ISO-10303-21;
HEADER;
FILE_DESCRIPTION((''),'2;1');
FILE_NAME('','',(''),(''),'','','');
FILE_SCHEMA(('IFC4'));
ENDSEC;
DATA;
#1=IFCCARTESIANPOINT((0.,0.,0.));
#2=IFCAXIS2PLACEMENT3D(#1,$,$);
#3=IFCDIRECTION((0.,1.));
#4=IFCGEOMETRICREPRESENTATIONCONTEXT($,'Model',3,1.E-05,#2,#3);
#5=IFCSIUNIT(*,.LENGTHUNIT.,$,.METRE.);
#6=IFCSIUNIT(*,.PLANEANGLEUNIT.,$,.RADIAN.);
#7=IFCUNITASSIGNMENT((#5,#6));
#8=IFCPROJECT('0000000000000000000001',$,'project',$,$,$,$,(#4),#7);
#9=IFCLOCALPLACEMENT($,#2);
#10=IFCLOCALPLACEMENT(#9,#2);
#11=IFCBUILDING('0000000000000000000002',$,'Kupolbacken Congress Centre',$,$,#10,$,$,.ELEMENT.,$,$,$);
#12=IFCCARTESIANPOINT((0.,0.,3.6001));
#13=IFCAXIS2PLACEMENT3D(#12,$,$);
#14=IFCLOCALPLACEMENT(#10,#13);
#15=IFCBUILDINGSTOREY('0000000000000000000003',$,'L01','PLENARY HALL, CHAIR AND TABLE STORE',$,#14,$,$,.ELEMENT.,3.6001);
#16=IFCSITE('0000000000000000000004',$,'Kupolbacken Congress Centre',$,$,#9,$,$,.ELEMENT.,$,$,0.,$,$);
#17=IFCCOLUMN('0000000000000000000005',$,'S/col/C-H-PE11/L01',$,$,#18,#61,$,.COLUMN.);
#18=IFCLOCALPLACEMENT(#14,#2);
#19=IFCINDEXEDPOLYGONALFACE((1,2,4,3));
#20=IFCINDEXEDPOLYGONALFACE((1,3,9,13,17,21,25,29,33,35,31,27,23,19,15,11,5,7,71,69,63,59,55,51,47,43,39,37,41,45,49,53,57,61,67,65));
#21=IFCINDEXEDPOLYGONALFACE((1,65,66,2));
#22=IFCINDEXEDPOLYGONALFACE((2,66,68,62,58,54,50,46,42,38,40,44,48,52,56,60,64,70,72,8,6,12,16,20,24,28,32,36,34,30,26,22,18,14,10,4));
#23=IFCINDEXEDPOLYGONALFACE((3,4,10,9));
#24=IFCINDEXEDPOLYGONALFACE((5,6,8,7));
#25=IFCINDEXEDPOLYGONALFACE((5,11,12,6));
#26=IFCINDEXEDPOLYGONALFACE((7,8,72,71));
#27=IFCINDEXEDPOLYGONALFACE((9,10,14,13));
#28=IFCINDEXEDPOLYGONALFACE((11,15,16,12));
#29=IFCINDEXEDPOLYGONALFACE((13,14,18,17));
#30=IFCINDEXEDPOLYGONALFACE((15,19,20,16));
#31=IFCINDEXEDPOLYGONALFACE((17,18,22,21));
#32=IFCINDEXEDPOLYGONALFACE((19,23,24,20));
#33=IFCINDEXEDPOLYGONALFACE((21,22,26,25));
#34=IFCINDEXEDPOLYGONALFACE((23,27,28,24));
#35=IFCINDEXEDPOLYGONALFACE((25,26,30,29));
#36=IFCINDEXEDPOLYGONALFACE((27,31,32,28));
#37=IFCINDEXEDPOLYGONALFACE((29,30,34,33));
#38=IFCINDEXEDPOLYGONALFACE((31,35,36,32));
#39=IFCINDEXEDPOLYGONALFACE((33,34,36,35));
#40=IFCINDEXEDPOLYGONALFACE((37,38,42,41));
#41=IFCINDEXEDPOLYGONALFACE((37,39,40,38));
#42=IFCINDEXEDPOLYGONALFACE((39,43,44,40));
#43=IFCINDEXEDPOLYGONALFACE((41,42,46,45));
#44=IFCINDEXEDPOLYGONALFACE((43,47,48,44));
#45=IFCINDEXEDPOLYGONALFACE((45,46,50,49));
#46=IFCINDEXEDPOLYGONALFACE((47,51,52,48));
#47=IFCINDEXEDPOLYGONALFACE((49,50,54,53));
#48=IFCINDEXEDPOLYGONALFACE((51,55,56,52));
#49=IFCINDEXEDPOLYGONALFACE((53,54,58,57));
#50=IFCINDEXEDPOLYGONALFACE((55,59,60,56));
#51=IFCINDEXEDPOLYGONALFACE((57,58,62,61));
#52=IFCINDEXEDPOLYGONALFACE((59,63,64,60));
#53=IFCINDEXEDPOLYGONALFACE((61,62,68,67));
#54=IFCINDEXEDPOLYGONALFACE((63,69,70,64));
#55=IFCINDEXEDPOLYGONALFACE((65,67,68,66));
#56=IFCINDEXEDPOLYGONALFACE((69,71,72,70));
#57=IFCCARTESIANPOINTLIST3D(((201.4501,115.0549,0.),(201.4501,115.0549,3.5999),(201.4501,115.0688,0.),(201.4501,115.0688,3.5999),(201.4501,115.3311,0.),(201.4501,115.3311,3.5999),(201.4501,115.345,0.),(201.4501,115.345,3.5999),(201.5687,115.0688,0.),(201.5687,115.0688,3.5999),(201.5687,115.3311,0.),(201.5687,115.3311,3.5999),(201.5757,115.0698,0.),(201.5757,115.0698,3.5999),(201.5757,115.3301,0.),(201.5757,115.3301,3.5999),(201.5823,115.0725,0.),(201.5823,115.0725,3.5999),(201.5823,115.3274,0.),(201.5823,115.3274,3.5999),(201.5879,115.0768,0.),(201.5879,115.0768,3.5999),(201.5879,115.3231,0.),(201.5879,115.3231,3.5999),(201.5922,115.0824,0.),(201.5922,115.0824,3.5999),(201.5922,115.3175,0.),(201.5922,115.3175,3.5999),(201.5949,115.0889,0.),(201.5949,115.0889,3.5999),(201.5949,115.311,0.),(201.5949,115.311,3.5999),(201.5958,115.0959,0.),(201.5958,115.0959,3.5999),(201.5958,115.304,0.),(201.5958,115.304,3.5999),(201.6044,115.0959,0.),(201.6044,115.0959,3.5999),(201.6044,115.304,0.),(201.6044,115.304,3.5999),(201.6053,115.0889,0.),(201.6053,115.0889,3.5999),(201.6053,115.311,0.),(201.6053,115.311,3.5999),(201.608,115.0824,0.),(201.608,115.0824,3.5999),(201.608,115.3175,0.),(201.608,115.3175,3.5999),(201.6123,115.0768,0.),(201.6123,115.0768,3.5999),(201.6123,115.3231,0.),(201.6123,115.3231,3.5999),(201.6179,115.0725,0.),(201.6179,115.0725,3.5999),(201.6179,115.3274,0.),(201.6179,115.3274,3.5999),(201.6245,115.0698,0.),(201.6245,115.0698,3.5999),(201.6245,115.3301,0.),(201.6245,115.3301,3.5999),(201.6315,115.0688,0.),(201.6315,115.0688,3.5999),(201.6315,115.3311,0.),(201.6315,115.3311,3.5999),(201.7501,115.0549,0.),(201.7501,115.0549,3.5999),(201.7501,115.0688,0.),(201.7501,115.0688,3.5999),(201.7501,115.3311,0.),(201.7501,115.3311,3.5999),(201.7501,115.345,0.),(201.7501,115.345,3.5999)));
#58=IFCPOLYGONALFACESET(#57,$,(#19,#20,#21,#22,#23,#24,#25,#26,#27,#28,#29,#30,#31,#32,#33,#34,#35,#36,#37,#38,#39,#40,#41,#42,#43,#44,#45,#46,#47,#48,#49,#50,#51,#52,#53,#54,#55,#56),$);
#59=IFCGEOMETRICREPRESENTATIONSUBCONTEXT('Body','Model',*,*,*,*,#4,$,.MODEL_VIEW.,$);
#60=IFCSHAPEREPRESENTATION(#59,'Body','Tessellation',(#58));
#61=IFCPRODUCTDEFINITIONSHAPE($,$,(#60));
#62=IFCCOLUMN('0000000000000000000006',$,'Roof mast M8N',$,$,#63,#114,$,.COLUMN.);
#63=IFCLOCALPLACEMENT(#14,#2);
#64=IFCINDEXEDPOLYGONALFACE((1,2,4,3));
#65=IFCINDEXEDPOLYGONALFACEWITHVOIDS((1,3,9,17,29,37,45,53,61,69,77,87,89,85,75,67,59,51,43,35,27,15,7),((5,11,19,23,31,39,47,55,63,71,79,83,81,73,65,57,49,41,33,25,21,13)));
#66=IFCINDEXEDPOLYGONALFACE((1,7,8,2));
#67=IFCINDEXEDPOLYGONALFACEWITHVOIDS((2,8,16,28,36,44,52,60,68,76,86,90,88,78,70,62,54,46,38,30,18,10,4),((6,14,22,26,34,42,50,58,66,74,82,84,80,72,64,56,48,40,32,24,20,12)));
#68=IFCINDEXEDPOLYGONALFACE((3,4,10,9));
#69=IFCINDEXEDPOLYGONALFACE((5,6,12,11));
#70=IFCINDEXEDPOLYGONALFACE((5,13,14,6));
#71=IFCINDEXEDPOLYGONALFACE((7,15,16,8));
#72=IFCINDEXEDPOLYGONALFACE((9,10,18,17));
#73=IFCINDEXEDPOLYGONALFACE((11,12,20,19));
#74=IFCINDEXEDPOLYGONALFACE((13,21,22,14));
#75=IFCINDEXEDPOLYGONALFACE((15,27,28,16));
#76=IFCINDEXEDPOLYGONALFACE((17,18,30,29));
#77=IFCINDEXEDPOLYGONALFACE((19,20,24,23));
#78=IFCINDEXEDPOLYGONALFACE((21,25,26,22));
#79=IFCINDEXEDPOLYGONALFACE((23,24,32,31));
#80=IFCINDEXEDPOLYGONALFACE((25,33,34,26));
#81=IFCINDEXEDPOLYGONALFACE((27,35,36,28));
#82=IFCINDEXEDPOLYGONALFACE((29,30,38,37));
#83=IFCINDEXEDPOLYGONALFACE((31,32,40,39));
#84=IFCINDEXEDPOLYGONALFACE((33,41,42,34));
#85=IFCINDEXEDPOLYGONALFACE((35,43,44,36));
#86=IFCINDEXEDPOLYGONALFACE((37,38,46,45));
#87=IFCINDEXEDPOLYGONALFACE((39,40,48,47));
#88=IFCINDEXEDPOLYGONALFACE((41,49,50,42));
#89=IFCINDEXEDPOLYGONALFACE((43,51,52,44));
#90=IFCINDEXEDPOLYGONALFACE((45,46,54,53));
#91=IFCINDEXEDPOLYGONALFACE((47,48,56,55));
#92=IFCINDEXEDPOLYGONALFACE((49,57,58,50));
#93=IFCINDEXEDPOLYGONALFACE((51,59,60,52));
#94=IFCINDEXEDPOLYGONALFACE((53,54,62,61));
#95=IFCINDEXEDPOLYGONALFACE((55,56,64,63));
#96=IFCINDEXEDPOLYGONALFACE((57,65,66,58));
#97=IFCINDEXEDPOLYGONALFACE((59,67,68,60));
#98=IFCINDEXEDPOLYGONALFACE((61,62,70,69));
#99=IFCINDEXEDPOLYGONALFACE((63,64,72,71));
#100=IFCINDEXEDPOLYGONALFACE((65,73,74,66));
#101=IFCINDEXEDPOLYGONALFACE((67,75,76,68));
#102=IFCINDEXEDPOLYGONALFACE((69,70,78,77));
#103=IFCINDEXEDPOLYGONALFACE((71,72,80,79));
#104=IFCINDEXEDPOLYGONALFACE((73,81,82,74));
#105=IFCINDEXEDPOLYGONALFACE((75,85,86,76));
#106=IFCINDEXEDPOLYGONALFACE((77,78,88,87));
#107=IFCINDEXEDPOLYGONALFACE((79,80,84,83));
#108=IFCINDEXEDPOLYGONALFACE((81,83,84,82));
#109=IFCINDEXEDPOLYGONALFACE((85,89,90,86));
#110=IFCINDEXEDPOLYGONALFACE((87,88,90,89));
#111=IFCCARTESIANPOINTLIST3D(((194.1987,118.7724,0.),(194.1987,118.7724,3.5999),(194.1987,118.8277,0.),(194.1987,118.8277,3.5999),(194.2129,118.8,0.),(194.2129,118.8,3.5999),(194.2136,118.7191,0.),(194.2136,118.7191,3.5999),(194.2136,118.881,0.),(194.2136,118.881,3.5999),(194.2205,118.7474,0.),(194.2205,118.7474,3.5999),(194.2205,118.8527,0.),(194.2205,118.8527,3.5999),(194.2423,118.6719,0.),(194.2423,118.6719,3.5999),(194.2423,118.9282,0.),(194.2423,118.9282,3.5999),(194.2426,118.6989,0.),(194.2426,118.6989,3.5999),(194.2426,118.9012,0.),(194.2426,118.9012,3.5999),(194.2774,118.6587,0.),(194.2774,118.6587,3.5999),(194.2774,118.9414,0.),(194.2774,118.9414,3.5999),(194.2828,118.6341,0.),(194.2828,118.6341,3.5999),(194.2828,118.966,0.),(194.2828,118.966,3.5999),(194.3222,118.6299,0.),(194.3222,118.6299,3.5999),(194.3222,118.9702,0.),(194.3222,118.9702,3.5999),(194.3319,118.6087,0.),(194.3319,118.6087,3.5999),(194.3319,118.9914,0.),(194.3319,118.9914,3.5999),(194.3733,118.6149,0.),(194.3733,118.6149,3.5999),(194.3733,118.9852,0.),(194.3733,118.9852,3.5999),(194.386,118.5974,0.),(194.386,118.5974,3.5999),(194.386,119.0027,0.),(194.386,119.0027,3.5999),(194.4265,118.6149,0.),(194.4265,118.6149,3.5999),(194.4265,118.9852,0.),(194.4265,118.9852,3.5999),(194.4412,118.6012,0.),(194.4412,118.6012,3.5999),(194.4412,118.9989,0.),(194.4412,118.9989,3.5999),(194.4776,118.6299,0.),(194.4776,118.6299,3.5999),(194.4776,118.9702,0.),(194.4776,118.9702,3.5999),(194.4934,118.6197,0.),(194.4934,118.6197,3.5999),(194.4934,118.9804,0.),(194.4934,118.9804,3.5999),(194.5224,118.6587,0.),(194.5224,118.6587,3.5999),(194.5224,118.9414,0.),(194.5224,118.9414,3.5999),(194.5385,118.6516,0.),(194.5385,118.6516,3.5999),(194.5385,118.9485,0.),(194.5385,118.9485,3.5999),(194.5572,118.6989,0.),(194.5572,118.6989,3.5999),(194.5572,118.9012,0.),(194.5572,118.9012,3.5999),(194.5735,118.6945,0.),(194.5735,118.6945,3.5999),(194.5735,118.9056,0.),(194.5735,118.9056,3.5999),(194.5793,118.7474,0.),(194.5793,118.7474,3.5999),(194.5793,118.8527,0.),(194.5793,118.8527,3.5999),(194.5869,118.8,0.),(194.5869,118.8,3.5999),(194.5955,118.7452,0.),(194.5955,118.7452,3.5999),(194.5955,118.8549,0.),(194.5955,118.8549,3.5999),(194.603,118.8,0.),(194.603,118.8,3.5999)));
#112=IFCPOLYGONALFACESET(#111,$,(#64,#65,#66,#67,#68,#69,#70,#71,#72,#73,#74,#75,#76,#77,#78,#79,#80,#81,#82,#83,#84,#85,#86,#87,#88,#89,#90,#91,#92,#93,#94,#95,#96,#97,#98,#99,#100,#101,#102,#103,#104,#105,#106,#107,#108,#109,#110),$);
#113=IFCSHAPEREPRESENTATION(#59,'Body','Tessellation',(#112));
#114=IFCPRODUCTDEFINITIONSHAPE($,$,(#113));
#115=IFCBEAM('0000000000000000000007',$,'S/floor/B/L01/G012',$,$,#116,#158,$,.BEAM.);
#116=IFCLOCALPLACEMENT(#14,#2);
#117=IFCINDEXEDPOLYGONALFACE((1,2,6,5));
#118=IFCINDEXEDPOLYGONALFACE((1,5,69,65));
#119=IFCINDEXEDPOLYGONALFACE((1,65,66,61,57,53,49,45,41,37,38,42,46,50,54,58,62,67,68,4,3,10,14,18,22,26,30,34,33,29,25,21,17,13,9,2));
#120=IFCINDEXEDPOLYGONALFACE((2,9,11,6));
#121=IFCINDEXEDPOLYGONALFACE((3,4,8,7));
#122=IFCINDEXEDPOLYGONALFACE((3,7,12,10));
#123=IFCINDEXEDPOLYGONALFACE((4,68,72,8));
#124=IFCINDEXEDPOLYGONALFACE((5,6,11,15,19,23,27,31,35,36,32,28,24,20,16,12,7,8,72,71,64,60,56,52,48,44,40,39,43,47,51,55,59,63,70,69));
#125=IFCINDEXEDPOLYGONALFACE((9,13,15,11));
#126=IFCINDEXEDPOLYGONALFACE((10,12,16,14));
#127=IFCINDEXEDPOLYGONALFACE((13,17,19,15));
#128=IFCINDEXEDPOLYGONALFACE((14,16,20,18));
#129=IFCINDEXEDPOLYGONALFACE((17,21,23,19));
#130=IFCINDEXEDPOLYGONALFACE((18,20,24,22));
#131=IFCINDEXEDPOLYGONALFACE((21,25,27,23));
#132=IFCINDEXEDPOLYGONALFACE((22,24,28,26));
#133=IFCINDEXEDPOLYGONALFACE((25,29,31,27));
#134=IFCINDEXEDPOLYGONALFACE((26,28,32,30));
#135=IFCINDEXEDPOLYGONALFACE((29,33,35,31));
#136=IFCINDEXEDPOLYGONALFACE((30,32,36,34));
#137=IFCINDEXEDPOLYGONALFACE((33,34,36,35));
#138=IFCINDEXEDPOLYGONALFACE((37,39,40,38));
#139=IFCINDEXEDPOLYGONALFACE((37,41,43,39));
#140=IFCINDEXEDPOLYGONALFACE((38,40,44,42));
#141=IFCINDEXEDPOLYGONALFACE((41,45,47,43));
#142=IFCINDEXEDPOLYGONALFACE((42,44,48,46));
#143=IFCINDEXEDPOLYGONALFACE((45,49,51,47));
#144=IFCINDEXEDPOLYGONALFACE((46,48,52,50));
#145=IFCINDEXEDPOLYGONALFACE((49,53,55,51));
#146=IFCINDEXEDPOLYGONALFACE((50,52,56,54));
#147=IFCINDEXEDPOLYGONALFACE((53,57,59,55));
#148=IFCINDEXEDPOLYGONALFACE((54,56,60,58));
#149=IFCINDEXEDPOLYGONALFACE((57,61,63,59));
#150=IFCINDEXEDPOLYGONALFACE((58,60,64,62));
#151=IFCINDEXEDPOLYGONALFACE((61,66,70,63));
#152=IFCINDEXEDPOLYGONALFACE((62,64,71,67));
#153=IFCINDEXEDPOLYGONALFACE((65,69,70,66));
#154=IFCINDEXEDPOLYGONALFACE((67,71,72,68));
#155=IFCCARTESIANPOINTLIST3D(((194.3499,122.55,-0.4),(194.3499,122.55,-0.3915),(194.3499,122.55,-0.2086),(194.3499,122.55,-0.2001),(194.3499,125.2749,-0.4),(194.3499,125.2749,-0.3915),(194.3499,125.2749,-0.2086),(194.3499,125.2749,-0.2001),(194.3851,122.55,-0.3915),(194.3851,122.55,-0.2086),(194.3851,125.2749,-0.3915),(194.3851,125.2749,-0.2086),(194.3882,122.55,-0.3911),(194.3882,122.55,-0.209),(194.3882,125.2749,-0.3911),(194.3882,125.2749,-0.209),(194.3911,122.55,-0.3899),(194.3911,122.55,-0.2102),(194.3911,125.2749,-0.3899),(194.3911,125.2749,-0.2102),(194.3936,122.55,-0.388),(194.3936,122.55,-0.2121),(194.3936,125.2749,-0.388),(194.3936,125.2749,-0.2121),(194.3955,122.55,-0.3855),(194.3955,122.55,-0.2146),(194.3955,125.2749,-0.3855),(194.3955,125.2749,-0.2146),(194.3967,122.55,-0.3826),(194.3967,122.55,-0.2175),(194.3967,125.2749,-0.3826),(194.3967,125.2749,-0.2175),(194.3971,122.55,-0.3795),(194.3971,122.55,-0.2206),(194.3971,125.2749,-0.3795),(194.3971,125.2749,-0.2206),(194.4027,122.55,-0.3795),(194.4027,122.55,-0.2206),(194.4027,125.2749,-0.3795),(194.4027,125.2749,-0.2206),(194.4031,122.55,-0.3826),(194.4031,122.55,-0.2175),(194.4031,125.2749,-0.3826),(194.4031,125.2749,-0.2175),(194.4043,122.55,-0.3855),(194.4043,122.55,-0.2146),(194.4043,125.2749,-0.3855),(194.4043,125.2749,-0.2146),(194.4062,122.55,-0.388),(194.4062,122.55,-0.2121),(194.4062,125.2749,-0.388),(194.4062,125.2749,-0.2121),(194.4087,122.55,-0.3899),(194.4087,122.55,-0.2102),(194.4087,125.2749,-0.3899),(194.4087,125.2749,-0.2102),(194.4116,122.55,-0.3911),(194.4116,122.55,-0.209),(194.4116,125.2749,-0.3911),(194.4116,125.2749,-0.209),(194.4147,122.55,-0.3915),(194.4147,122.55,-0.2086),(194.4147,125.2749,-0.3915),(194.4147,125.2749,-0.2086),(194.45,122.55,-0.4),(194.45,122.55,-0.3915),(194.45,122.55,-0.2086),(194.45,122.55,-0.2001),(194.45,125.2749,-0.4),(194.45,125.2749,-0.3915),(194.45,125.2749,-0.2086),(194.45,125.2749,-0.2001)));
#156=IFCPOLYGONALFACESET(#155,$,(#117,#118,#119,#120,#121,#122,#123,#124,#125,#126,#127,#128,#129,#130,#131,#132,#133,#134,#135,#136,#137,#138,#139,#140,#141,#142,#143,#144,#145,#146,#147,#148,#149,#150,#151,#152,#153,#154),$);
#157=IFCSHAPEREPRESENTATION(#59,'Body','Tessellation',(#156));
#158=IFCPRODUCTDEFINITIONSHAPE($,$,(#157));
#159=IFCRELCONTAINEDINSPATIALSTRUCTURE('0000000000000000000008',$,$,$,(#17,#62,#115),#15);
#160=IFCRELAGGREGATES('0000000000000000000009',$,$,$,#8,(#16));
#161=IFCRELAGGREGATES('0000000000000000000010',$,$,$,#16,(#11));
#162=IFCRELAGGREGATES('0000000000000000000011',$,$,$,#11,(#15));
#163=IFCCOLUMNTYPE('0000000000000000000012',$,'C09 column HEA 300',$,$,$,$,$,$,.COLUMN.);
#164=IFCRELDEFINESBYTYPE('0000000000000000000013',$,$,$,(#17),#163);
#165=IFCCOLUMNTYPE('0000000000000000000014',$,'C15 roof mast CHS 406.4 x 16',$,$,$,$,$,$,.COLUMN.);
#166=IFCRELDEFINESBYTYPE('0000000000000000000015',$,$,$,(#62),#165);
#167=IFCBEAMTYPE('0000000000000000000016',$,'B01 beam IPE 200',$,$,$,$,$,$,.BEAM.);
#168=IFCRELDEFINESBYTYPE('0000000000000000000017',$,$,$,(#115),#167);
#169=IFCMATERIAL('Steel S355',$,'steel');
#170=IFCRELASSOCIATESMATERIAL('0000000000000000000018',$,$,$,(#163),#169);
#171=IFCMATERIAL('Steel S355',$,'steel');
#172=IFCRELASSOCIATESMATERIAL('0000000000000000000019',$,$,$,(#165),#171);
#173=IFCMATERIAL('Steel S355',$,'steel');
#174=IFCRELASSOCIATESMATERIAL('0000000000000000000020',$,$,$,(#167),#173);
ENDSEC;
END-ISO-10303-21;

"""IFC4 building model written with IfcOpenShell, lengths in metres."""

from ifc_helpers import new_model, si_unit, direction, frame, origin, origin_2d, place, context, subcontext, project, spatial, hollow_circle, i_section, extrude, material, material_profile, profile_set, type_object, element, save


model = new_model("IFC4")

# Units and contexts
model_context = context("Model", 3, precision=1e-05, world=origin(), true_north=direction((0.0, 1.0)))
body_context = subcontext(model_context, "Body", "Model", "MODEL_VIEW")
ifc_project = project(units=[si_unit("LENGTHUNIT", "METRE"), si_unit("PLANEANGLEUNIT", "RADIAN")], contexts=[model_context])

# Site, building, storey
site_placement = place(None, origin())
site = spatial("IfcSite", under=ifc_project, at=site_placement, Name="Kupolbacken Congress Centre", CompositionType="ELEMENT", RefElevation=0.0)
building_placement = place(site_placement, origin())
building = spatial("IfcBuilding", under=site, at=building_placement, Name="Kupolbacken Congress Centre", CompositionType="ELEMENT")
storey_placement = place(building_placement, frame((0.0, 0.0, 3.6001)))
storey = spatial("IfcBuildingStorey", under=building, at=storey_placement, Name="L01", Description="PLENARY HALL, CHAIR AND TABLE STORE", CompositionType="ELEMENT", Elevation=3.6001)

# Columns
ifc_material_1 = material(Name="Steel S355", Category="steel")
ifc_material_profile_1 = material_profile(ifc_material_1, i_section(OverallWidth=0.3, OverallDepth=0.29, WebThickness=0.0085, FlangeThickness=0.0139, FilletRadius=0.0271, at=origin_2d()), Name="HEA 300")
ifc_profile_set_1 = profile_set([ifc_material_profile_1], Name="Steel S355")
column_type_1 = type_object("IfcColumnType", Name="C09 column HEA 300", PredefinedType="COLUMN", material=ifc_profile_set_1)
column_1_placement = place(storey_placement, frame((201.6001, 115.2, 0.0), z_axis=(0.0, 0.0, 1.0), x_axis=(1.0, 0.0, 0.0)))
element("IfcColumn", 1, at=column_1_placement, inside=storey, type_object=column_type_1, Name="S/col/C-H-PE11/L01", PredefinedType="COLUMN", context=body_context, shape_type="SweptSolid", body=[
    extrude(i_section(OverallWidth=0.3, OverallDepth=0.29, WebThickness=0.0085, FlangeThickness=0.0139, FilletRadius=0.0271, at=origin_2d()), origin(), (0.0, 0.0, 1.0), 3.5999),
])
ifc_material_2 = material(Name="Steel S355", Category="steel")
ifc_material_profile_2 = material_profile(ifc_material_2, hollow_circle(Radius=0.2031, WallThickness=0.0161, at=origin_2d()), Name="CHS 406.4 x 16")
ifc_profile_set_2 = profile_set([ifc_material_profile_2], Name="Steel S355")
column_type_2 = type_object("IfcColumnType", Name="C15 roof mast CHS 406.4 x 16", PredefinedType="COLUMN", material=ifc_profile_set_2)
column_2_placement = place(storey_placement, frame((194.3999, 118.8, 0.0), z_axis=(0.0, 0.0, 1.0), x_axis=(1.0, 0.0, 0.0)))
element("IfcColumn", 2, at=column_2_placement, inside=storey, type_object=column_type_2, Name="Roof mast M8N", PredefinedType="COLUMN", context=body_context, shape_type="SweptSolid", body=[
    extrude(hollow_circle(Radius=0.2031, WallThickness=0.0161, at=origin_2d()), origin(), (0.0, 0.0, 1.0), 3.5999),
])

# Beam
ifc_material_3 = material(Name="Steel S355", Category="steel")
ifc_material_profile_3 = material_profile(ifc_material_3, i_section(OverallWidth=0.1001, OverallDepth=0.2, WebThickness=0.0056, FlangeThickness=0.0085, FilletRadius=0.012, at=origin_2d()), Name="IPE 200")
ifc_profile_set_3 = profile_set([ifc_material_profile_3], Name="Steel S355")
beam_type_1 = type_object("IfcBeamType", Name="B01 beam IPE 200", PredefinedType="BEAM", material=ifc_profile_set_3)
beam_placement = place(storey_placement, frame((194.3999, 122.55, -0.3), z_axis=(0.0, 1.0, 0.0), x_axis=(-1.0, 0.0, 0.0)))
element("IfcBeam", 3, at=beam_placement, inside=storey, type_object=beam_type_1, Name="S/floor/B/L01/G012", PredefinedType="BEAM", context=body_context, shape_type="SweptSolid", body=[
    extrude(i_section(OverallWidth=0.1001, OverallDepth=0.2, WebThickness=0.0056, FlangeThickness=0.0085, FilletRadius=0.012, at=origin_2d()), origin(), (0.0, 0.0, 1.0), 2.7249),
])

save(model, "model.ifc")
